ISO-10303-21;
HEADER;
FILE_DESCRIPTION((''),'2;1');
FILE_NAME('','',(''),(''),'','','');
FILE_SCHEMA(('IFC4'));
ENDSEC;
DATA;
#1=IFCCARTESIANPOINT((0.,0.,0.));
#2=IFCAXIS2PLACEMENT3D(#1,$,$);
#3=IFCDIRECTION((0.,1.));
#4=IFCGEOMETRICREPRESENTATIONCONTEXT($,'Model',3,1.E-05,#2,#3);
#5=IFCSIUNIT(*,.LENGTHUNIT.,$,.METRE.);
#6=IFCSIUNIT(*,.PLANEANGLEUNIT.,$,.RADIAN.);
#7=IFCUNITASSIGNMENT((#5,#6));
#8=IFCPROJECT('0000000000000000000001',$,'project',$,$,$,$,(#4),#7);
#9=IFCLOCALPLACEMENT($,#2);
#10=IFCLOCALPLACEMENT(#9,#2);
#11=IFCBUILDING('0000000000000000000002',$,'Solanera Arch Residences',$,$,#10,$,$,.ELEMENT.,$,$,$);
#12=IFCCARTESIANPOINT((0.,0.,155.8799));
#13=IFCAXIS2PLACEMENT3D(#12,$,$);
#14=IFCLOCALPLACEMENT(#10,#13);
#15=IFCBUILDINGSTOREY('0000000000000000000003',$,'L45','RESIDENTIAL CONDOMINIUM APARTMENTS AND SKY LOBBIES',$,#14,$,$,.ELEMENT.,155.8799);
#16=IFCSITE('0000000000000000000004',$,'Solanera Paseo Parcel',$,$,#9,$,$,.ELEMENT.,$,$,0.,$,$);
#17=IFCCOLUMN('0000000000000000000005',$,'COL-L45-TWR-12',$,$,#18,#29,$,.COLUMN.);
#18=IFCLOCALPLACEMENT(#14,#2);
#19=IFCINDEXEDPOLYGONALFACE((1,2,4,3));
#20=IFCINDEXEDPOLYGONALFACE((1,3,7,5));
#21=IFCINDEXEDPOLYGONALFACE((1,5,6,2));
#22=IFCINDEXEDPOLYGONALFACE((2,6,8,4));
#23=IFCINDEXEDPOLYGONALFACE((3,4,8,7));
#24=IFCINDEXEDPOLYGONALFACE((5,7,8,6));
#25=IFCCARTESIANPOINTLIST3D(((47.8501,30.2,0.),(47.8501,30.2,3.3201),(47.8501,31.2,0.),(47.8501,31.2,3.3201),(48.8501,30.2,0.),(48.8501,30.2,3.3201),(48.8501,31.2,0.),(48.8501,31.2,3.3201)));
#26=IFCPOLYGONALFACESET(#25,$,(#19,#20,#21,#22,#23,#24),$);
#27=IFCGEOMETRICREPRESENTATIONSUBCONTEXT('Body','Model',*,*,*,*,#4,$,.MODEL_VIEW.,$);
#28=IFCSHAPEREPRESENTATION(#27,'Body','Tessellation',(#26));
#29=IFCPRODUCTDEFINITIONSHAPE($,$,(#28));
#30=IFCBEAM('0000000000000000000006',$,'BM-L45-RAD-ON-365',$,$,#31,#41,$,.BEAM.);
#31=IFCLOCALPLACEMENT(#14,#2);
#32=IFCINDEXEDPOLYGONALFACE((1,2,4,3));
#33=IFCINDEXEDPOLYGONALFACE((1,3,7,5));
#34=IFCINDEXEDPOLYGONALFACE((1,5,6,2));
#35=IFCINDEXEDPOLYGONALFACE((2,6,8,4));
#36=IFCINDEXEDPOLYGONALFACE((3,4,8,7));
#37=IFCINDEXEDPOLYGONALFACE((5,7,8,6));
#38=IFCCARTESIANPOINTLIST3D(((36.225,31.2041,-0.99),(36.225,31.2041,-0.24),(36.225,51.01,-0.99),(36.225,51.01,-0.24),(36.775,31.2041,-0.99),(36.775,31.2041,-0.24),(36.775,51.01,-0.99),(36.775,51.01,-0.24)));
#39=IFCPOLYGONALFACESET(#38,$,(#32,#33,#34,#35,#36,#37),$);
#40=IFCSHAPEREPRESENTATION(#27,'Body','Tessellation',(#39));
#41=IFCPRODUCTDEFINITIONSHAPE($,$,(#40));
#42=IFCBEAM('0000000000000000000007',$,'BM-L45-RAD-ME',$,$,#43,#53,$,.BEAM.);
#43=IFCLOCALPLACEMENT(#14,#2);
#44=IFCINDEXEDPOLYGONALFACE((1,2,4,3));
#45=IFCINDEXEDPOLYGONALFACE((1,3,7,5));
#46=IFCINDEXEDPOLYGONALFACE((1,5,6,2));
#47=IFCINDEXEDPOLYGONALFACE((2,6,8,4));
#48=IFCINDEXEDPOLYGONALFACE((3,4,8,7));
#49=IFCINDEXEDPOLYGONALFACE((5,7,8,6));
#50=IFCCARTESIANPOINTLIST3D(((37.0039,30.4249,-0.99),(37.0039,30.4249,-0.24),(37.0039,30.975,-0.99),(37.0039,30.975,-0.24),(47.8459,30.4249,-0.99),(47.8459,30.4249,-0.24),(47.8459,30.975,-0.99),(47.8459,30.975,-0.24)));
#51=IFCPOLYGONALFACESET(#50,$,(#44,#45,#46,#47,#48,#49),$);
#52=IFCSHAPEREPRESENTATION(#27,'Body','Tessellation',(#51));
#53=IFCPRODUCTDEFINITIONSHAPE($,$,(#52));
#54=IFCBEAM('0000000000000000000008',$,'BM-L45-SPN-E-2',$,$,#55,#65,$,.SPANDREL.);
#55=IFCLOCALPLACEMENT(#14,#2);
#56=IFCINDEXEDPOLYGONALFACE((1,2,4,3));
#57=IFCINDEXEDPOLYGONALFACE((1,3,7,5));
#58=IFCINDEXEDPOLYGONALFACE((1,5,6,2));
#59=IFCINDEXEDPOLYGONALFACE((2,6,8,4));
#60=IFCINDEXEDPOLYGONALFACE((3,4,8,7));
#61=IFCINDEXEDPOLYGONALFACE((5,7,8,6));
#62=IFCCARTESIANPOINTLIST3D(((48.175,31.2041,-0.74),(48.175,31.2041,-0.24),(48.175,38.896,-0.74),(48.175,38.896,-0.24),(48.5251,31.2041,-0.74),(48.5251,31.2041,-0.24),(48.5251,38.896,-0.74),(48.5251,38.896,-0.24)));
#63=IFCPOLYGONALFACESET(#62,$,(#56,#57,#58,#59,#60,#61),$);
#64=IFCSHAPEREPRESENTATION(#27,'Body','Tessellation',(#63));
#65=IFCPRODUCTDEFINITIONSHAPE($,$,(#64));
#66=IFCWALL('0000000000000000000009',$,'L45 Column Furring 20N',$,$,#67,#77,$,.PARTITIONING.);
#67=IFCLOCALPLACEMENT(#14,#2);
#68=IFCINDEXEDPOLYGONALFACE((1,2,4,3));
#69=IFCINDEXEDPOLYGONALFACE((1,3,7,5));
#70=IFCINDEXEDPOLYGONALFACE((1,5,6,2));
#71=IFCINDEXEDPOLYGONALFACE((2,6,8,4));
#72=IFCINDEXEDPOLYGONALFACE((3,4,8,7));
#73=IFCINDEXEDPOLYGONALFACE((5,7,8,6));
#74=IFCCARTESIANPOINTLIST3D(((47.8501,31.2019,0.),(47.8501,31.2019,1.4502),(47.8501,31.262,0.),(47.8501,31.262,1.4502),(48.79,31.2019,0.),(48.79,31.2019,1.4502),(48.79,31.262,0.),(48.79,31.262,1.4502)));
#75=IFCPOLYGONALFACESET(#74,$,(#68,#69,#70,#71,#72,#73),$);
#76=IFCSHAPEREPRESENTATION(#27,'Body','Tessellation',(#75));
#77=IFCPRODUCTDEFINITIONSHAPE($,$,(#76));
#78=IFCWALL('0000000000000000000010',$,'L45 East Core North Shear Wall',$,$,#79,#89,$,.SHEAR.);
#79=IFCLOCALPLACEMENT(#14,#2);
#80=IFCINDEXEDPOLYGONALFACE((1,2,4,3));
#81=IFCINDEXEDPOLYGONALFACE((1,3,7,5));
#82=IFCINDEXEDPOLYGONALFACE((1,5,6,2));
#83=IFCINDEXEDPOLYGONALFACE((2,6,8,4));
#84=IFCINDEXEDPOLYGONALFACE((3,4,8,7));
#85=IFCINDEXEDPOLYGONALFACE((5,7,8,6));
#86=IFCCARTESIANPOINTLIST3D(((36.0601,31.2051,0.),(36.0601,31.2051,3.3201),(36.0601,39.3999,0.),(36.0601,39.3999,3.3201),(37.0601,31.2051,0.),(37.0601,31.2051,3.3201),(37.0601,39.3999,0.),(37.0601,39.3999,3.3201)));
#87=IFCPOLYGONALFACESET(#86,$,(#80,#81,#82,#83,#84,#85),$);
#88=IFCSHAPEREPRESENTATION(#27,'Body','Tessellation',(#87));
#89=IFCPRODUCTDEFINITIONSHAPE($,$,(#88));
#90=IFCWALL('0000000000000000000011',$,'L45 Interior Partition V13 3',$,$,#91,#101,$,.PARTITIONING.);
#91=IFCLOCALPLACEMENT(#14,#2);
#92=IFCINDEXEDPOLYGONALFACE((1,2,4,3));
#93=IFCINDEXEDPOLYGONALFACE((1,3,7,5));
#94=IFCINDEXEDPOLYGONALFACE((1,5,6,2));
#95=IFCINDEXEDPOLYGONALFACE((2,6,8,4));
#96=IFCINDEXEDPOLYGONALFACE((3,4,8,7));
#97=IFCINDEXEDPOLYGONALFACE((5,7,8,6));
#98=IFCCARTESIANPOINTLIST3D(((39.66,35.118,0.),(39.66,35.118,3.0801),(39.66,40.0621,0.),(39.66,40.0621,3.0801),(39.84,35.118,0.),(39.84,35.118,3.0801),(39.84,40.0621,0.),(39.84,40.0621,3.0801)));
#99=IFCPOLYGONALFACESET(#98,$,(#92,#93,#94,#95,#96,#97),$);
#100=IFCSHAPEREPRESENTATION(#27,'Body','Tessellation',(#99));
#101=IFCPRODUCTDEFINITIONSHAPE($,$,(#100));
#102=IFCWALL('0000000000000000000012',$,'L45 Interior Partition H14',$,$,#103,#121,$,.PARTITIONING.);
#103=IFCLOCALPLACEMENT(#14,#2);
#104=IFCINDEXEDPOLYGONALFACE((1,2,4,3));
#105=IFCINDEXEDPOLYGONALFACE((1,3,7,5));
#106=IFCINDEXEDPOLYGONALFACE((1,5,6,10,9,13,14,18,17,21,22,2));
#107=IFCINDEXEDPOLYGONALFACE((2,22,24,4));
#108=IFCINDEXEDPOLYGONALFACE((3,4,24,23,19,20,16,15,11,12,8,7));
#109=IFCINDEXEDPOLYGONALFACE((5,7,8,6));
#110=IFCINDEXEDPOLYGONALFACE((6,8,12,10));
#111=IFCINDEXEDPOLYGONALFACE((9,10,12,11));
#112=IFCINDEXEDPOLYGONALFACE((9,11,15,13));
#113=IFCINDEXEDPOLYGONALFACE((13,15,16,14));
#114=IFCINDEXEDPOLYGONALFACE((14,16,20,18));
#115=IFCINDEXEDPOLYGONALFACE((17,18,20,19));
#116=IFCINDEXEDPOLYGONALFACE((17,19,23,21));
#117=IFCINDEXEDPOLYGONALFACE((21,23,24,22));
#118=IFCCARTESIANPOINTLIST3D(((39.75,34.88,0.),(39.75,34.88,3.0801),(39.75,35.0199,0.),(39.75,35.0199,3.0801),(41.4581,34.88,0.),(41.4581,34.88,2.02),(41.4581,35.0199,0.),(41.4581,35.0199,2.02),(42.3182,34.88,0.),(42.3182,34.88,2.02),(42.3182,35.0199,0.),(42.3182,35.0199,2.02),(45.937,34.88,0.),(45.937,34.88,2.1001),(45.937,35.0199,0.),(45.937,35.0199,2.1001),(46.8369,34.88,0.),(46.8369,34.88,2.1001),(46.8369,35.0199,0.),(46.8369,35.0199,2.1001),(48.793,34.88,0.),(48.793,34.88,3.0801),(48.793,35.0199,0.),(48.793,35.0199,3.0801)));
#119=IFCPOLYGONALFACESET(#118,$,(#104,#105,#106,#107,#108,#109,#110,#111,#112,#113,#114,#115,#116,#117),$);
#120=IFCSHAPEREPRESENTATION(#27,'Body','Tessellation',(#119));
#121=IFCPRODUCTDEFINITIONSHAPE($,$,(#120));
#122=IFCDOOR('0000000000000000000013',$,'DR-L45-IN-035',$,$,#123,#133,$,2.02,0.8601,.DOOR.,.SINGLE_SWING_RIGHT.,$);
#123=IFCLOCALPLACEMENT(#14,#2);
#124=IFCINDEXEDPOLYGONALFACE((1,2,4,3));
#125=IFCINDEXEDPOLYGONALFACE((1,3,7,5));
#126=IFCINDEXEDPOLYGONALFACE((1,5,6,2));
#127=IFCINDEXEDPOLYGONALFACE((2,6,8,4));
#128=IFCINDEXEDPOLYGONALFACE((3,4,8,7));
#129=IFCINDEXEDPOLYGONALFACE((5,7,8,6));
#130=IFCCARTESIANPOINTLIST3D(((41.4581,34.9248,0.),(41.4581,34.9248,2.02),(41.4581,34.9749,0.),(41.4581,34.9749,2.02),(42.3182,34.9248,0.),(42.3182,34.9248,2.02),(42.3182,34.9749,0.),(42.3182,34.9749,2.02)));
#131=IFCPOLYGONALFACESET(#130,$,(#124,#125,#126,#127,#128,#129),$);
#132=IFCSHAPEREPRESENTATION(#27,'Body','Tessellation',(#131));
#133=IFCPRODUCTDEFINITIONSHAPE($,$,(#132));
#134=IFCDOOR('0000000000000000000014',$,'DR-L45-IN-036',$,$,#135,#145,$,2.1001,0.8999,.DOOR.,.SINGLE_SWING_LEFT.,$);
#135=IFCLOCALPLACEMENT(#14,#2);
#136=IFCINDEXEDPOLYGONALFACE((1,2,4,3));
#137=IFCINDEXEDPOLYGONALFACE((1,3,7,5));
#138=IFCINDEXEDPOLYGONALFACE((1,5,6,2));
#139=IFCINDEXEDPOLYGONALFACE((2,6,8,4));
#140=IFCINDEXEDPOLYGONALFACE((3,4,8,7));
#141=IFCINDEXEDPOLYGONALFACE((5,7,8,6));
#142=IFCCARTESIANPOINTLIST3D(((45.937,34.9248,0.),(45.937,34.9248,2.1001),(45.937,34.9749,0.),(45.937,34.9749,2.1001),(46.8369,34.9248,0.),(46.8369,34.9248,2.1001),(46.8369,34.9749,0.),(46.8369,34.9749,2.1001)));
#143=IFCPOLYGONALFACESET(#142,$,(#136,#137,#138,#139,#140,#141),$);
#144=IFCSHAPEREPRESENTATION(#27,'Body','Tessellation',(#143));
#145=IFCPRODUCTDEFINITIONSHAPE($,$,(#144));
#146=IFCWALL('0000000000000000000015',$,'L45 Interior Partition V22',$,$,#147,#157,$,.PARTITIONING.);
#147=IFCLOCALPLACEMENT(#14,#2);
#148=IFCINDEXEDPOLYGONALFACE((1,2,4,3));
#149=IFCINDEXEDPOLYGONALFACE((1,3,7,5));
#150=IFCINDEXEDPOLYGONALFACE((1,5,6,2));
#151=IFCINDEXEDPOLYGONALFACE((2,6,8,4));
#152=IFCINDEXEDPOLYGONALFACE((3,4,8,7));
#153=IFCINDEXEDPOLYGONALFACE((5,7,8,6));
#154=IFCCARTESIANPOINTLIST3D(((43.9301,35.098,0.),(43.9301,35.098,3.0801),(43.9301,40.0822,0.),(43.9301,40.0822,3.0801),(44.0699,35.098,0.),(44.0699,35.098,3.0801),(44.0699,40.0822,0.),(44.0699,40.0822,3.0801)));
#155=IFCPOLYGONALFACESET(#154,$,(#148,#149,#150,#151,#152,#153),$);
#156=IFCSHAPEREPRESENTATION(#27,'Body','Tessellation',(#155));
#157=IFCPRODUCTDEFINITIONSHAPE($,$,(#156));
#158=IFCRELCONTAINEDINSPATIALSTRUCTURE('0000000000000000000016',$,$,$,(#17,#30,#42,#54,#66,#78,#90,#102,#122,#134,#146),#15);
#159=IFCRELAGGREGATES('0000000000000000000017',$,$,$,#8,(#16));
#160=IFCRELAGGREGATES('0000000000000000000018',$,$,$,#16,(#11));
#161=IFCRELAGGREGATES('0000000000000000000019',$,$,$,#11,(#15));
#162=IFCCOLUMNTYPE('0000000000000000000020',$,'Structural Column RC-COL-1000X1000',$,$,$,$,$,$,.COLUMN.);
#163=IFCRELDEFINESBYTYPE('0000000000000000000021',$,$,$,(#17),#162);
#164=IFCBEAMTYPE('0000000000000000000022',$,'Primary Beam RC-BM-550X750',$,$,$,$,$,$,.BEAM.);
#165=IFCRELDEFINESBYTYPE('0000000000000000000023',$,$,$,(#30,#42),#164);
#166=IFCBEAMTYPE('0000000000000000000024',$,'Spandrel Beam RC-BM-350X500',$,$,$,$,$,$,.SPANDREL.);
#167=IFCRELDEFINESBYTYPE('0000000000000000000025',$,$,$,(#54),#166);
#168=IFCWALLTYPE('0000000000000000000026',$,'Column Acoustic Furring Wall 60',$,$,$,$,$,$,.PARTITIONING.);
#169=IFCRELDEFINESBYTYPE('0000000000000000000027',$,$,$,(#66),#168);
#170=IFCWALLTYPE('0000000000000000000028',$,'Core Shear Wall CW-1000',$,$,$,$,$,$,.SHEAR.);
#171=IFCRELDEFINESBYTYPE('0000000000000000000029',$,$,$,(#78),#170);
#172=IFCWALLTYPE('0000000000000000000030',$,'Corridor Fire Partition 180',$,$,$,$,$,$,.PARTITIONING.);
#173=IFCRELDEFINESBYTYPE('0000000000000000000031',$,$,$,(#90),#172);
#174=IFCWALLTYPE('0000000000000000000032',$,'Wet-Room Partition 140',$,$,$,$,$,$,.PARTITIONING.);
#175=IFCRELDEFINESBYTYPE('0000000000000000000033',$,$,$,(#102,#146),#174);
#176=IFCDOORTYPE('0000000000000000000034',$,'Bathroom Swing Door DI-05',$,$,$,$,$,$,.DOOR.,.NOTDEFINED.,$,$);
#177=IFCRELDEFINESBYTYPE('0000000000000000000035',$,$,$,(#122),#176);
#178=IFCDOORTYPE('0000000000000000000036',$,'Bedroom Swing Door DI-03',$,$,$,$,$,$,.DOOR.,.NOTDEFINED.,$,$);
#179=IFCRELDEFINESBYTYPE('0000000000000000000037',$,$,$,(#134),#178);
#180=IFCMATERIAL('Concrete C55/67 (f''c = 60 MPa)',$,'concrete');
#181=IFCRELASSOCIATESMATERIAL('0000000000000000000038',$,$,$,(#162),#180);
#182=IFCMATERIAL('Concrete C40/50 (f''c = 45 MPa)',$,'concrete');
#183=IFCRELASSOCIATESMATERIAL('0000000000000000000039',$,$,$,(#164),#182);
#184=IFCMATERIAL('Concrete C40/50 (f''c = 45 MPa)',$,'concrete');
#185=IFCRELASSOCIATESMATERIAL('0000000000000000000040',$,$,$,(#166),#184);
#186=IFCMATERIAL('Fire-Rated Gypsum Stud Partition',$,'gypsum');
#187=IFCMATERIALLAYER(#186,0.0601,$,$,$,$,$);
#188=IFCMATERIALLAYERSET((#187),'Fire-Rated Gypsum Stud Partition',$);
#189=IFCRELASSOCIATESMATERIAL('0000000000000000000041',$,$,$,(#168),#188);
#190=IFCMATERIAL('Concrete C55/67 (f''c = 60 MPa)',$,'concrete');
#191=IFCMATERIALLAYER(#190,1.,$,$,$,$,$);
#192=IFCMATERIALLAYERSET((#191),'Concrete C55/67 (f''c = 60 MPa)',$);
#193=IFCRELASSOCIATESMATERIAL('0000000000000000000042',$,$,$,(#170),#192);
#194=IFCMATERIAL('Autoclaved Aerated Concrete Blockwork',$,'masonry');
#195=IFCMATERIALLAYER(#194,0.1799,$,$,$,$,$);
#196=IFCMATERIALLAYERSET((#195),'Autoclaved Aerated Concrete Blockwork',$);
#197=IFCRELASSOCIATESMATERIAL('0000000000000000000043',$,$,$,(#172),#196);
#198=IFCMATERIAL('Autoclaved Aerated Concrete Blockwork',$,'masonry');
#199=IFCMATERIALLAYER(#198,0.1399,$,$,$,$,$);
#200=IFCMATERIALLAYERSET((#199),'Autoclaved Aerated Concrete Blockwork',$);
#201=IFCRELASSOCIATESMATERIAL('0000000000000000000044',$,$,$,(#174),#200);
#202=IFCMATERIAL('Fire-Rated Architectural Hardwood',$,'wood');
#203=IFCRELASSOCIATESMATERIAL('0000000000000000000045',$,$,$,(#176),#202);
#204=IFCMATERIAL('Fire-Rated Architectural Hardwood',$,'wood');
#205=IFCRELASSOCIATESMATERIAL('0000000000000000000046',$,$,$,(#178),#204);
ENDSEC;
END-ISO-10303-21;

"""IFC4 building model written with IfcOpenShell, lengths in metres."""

from ifc_helpers import new_model, si_unit, direction, frame, frame_2d, origin, origin_2d, place, context, subcontext, project, spatial, rectangle, extrude, material, layer, layer_set, material_profile, profile_set, type_object, element, fill, save


model = new_model("IFC4")

# Units and contexts
model_context = context("Model", 3, precision=1e-05, world=origin(), true_north=direction((0.0, 1.0)))
body_context = subcontext(model_context, "Body", "Model", "MODEL_VIEW")
ifc_project = project(units=[si_unit("LENGTHUNIT", "METRE"), si_unit("PLANEANGLEUNIT", "RADIAN")], contexts=[model_context])

# Site, building, storey
site_placement = place(None, origin())
site = spatial("IfcSite", under=ifc_project, at=site_placement, Name="Solanera Paseo Parcel", CompositionType="ELEMENT", RefElevation=0.0)
building_placement = place(site_placement, origin())
building = spatial("IfcBuilding", under=site, at=building_placement, Name="Solanera Arch Residences", CompositionType="ELEMENT")
storey_placement = place(building_placement, frame((0.0, 0.0, 155.8799)))
storey = spatial("IfcBuildingStorey", under=building, at=storey_placement, Name="L45", Description="RESIDENTIAL CONDOMINIUM APARTMENTS AND SKY LOBBIES", CompositionType="ELEMENT", Elevation=155.8799)

# Column
ifc_material_1 = material(Name="Concrete C55/67 (f'c = 60 MPa)", Category="concrete")
ifc_material_profile_1 = material_profile(ifc_material_1, rectangle(XDim=1.0, YDim=1.0, at=origin_2d()))
ifc_profile_set_1 = profile_set([ifc_material_profile_1], Name="Concrete C55/67 (f'c = 60 MPa)")
column_type = type_object("IfcColumnType", Name="Structural Column RC-COL-1000X1000", PredefinedType="COLUMN", material=ifc_profile_set_1)
column_placement = place(storey_placement, frame((48.3501, 30.7, 0.0), z_axis=(0.0, 0.0, 1.0), x_axis=(1.0, 0.0, 0.0)))
element("IfcColumn", 1, at=column_placement, inside=storey, type_object=column_type, Name="COL-L45-TWR-12", PredefinedType="COLUMN", context=body_context, shape_type="SweptSolid", body=[
    extrude(rectangle(XDim=1.0, YDim=1.0, at=origin_2d()), origin(), (0.0, 0.0, 1.0), 3.3201),
])

# Beams
ifc_material_2 = material(Name="Concrete C40/50 (f'c = 45 MPa)", Category="concrete")
ifc_material_profile_2 = material_profile(ifc_material_2, rectangle(XDim=0.55, YDim=0.75, at=origin_2d()))
ifc_profile_set_2 = profile_set([ifc_material_profile_2], Name="Concrete C40/50 (f'c = 45 MPa)")
beam_type_1 = type_object("IfcBeamType", Name="Primary Beam RC-BM-550X750", PredefinedType="BEAM", material=ifc_profile_set_2)
beam_1_placement = place(storey_placement, frame((36.5, 31.2041, -0.615), z_axis=(0.0, 1.0, 0.0), x_axis=(-1.0, 0.0, 0.0)))
element("IfcBeam", 2, at=beam_1_placement, inside=storey, type_object=beam_type_1, Name="BM-L45-RAD-ON-365", PredefinedType="BEAM", context=body_context, shape_type="SweptSolid", body=[
    extrude(rectangle(XDim=0.55, YDim=0.75, at=origin_2d()), origin(), (0.0, 0.0, 1.0), 19.8059),
])
beam_2_placement = place(storey_placement, frame((37.0039, 30.7, -0.615), z_axis=(1.0, 0.0, 0.0), x_axis=(0.0, 1.0, 0.0)))
element("IfcBeam", 3, at=beam_2_placement, inside=storey, type_object=beam_type_1, Name="BM-L45-RAD-ME", PredefinedType="BEAM", context=body_context, shape_type="SweptSolid", body=[
    extrude(rectangle(XDim=0.55, YDim=0.75, at=origin_2d()), origin(), (0.0, 0.0, 1.0), 10.842),
])
ifc_material_3 = material(Name="Concrete C40/50 (f'c = 45 MPa)", Category="concrete")
ifc_material_profile_3 = material_profile(ifc_material_3, rectangle(XDim=0.3501, YDim=0.5, at=origin_2d()))
ifc_profile_set_3 = profile_set([ifc_material_profile_3], Name="Concrete C40/50 (f'c = 45 MPa)")
beam_type_2 = type_object("IfcBeamType", Name="Spandrel Beam RC-BM-350X500", PredefinedType="SPANDREL", material=ifc_profile_set_3)
beam_3_placement = place(storey_placement, frame((48.3501, 31.2041, -0.49), z_axis=(0.0, 1.0, 0.0), x_axis=(-1.0, 0.0, 0.0)))
element("IfcBeam", 4, at=beam_3_placement, inside=storey, type_object=beam_type_2, Name="BM-L45-SPN-E-2", PredefinedType="SPANDREL", context=body_context, shape_type="SweptSolid", body=[
    extrude(rectangle(XDim=0.3501, YDim=0.5, at=origin_2d()), origin(), (0.0, 0.0, 1.0), 7.6919),
])

# Walls
ifc_material_4 = material(Name="Fire-Rated Gypsum Stud Partition", Category="gypsum")
ifc_layer_1 = layer(ifc_material_4, 0.0601)
ifc_layer_set_1 = layer_set([ifc_layer_1], Name="Fire-Rated Gypsum Stud Partition")
wall_type_1 = type_object("IfcWallType", Name="Column Acoustic Furring Wall 60", PredefinedType="PARTITIONING", material=ifc_layer_set_1)
wall_1_placement = place(storey_placement, frame((47.8501, 31.2319, 0.0), z_axis=(0.0, 0.0, 1.0), x_axis=(1.0, 0.0, 0.0)))
element("IfcWall", 5, at=wall_1_placement, inside=storey, type_object=wall_type_1, Name="L45 Column Furring 20N", PredefinedType="PARTITIONING", context=body_context, shape_type="SweptSolid", body=[
    extrude(rectangle(XDim=0.9399, YDim=0.0601, at=frame_2d((0.47, 0.0))), origin(), (0.0, 0.0, 1.0), 1.4502),
])
ifc_material_5 = material(Name="Concrete C55/67 (f'c = 60 MPa)", Category="concrete")
ifc_layer_2 = layer(ifc_material_5, 1.0)
ifc_layer_set_2 = layer_set([ifc_layer_2], Name="Concrete C55/67 (f'c = 60 MPa)")
wall_type_2 = type_object("IfcWallType", Name="Core Shear Wall CW-1000", PredefinedType="SHEAR", material=ifc_layer_set_2)
wall_2_placement = place(storey_placement, frame((36.5601, 31.2051, 0.0), z_axis=(0.0, 0.0, 1.0), x_axis=(0.0, 1.0, 0.0)))
element("IfcWall", 6, at=wall_2_placement, inside=storey, type_object=wall_type_2, Name="L45 East Core North Shear Wall", PredefinedType="SHEAR", context=body_context, shape_type="SweptSolid", body=[
    extrude(rectangle(XDim=8.1948, YDim=1.0, at=frame_2d((4.0974, 0.0))), origin(), (0.0, 0.0, 1.0), 3.3201),
])

# Wall
ifc_material_6 = material(Name="Autoclaved Aerated Concrete Blockwork", Category="masonry")
ifc_layer_3 = layer(ifc_material_6, 0.1799)
ifc_layer_set_3 = layer_set([ifc_layer_3], Name="Autoclaved Aerated Concrete Blockwork")
wall_type_3 = type_object("IfcWallType", Name="Corridor Fire Partition 180", PredefinedType="PARTITIONING", material=ifc_layer_set_3)
wall_3_placement = place(storey_placement, frame((39.75, 35.1179, 0.0), z_axis=(0.0, 0.0, 1.0), x_axis=(0.0, 1.0, 0.0)))
element("IfcWall", 7, at=wall_3_placement, inside=storey, type_object=wall_type_3, Name="L45 Interior Partition V13 3", PredefinedType="PARTITIONING", context=body_context, shape_type="SweptSolid", body=[
    extrude(rectangle(XDim=4.9441, YDim=0.1799, at=frame_2d((2.4722, 0.0))), origin(), (0.0, 0.0, 1.0), 3.0801),
])

# Wall, openings, doors
ifc_material_7 = material(Name="Autoclaved Aerated Concrete Blockwork", Category="masonry")
ifc_layer_4 = layer(ifc_material_7, 0.1399)
ifc_layer_set_4 = layer_set([ifc_layer_4], Name="Autoclaved Aerated Concrete Blockwork")
wall_type_4 = type_object("IfcWallType", Name="Wet-Room Partition 140", PredefinedType="PARTITIONING", material=ifc_layer_set_4)
wall_4_placement = place(storey_placement, frame((39.75, 34.95, 0.0), z_axis=(0.0, 0.0, 1.0), x_axis=(1.0, 0.0, 0.0)))
wall_4 = element("IfcWall", 8, at=wall_4_placement, inside=storey, type_object=wall_type_4, Name="L45 Interior Partition H14", PredefinedType="PARTITIONING", context=body_context, shape_type="SweptSolid", body=[
    extrude(rectangle(XDim=9.043, YDim=0.1399, at=frame_2d((4.5215, 0.0))), origin(), (0.0, 0.0, 1.0), 3.0801),
])
opening_1_placement = place(wall_4_placement, frame((1.708, 0.0, 0.0)))
opening_1 = element("IfcOpeningElement", 9, at=opening_1_placement, cuts=wall_4, PredefinedType="OPENING", context=body_context, shape_type="SweptSolid", body=[
    extrude(rectangle(XDim=0.8601, YDim=2.02, at=frame_2d((0.4302, 1.01))), frame((0.0, 0.0798, 0.0), z_axis=(0.0, -1.0, 0.0), x_axis=(1.0, 0.0, 0.0)), (0.0, 0.0, 1.0), 0.1599),
])
opening_2_placement = place(wall_4_placement, frame((6.187, 0.0, 0.0)))
opening_2 = element("IfcOpeningElement", 10, at=opening_2_placement, cuts=wall_4, PredefinedType="OPENING", context=body_context, shape_type="SweptSolid", body=[
    extrude(rectangle(XDim=0.8999, YDim=2.1001, at=frame_2d((0.45, 1.05))), frame((0.0, 0.0798, 0.0), z_axis=(0.0, -1.0, 0.0), x_axis=(1.0, 0.0, 0.0)), (0.0, 0.0, 1.0), 0.1599),
])
ifc_material_8 = material(Name="Fire-Rated Architectural Hardwood", Category="wood")
door_type_1 = type_object("IfcDoorType", Name="Bathroom Swing Door DI-05", OperationType="NOTDEFINED", PredefinedType="DOOR", material=ifc_material_8)
door_1_placement = place(opening_1_placement, origin())
door_1 = element("IfcDoor", 11, at=door_1_placement, inside=storey, type_object=door_type_1, Name="DR-L45-IN-035", OperationType="SINGLE_SWING_RIGHT", OverallHeight=2.02, OverallWidth=0.8601, PredefinedType="DOOR", context=body_context, shape_type="SweptSolid", body=[
    extrude(rectangle(XDim=0.8601, YDim=2.02, at=frame_2d((0.4302, 1.01))), frame((0.0, 0.0249, 0.0), z_axis=(0.0, -1.0, 0.0), x_axis=(1.0, 0.0, 0.0)), (0.0, 0.0, 1.0), 0.05),
])
fill(opening_1, door_1)
ifc_material_9 = material(Name="Fire-Rated Architectural Hardwood", Category="wood")
door_type_2 = type_object("IfcDoorType", Name="Bedroom Swing Door DI-03", OperationType="NOTDEFINED", PredefinedType="DOOR", material=ifc_material_9)
door_2_placement = place(opening_2_placement, origin())
door_2 = element("IfcDoor", 12, at=door_2_placement, inside=storey, type_object=door_type_2, Name="DR-L45-IN-036", OperationType="SINGLE_SWING_LEFT", OverallHeight=2.1001, OverallWidth=0.8999, PredefinedType="DOOR", context=body_context, shape_type="SweptSolid", body=[
    extrude(rectangle(XDim=0.8999, YDim=2.1001, at=frame_2d((0.45, 1.05))), frame((0.0, 0.0249, 0.0), z_axis=(0.0, -1.0, 0.0), x_axis=(1.0, 0.0, 0.0)), (0.0, 0.0, 1.0), 0.05),
])
fill(opening_2, door_2)

# Wall
wall_5_placement = place(storey_placement, frame((44.0, 35.0979, 0.0), z_axis=(0.0, 0.0, 1.0), x_axis=(0.0, 1.0, 0.0)))
element("IfcWall", 13, at=wall_5_placement, inside=storey, type_object=wall_type_4, Name="L45 Interior Partition V22", PredefinedType="PARTITIONING", context=body_context, shape_type="SweptSolid", body=[
    extrude(rectangle(XDim=4.9841, YDim=0.1399, at=frame_2d((2.4922, 0.0))), origin(), (0.0, 0.0, 1.0), 3.0801),
])

save(model, "model.ifc")
